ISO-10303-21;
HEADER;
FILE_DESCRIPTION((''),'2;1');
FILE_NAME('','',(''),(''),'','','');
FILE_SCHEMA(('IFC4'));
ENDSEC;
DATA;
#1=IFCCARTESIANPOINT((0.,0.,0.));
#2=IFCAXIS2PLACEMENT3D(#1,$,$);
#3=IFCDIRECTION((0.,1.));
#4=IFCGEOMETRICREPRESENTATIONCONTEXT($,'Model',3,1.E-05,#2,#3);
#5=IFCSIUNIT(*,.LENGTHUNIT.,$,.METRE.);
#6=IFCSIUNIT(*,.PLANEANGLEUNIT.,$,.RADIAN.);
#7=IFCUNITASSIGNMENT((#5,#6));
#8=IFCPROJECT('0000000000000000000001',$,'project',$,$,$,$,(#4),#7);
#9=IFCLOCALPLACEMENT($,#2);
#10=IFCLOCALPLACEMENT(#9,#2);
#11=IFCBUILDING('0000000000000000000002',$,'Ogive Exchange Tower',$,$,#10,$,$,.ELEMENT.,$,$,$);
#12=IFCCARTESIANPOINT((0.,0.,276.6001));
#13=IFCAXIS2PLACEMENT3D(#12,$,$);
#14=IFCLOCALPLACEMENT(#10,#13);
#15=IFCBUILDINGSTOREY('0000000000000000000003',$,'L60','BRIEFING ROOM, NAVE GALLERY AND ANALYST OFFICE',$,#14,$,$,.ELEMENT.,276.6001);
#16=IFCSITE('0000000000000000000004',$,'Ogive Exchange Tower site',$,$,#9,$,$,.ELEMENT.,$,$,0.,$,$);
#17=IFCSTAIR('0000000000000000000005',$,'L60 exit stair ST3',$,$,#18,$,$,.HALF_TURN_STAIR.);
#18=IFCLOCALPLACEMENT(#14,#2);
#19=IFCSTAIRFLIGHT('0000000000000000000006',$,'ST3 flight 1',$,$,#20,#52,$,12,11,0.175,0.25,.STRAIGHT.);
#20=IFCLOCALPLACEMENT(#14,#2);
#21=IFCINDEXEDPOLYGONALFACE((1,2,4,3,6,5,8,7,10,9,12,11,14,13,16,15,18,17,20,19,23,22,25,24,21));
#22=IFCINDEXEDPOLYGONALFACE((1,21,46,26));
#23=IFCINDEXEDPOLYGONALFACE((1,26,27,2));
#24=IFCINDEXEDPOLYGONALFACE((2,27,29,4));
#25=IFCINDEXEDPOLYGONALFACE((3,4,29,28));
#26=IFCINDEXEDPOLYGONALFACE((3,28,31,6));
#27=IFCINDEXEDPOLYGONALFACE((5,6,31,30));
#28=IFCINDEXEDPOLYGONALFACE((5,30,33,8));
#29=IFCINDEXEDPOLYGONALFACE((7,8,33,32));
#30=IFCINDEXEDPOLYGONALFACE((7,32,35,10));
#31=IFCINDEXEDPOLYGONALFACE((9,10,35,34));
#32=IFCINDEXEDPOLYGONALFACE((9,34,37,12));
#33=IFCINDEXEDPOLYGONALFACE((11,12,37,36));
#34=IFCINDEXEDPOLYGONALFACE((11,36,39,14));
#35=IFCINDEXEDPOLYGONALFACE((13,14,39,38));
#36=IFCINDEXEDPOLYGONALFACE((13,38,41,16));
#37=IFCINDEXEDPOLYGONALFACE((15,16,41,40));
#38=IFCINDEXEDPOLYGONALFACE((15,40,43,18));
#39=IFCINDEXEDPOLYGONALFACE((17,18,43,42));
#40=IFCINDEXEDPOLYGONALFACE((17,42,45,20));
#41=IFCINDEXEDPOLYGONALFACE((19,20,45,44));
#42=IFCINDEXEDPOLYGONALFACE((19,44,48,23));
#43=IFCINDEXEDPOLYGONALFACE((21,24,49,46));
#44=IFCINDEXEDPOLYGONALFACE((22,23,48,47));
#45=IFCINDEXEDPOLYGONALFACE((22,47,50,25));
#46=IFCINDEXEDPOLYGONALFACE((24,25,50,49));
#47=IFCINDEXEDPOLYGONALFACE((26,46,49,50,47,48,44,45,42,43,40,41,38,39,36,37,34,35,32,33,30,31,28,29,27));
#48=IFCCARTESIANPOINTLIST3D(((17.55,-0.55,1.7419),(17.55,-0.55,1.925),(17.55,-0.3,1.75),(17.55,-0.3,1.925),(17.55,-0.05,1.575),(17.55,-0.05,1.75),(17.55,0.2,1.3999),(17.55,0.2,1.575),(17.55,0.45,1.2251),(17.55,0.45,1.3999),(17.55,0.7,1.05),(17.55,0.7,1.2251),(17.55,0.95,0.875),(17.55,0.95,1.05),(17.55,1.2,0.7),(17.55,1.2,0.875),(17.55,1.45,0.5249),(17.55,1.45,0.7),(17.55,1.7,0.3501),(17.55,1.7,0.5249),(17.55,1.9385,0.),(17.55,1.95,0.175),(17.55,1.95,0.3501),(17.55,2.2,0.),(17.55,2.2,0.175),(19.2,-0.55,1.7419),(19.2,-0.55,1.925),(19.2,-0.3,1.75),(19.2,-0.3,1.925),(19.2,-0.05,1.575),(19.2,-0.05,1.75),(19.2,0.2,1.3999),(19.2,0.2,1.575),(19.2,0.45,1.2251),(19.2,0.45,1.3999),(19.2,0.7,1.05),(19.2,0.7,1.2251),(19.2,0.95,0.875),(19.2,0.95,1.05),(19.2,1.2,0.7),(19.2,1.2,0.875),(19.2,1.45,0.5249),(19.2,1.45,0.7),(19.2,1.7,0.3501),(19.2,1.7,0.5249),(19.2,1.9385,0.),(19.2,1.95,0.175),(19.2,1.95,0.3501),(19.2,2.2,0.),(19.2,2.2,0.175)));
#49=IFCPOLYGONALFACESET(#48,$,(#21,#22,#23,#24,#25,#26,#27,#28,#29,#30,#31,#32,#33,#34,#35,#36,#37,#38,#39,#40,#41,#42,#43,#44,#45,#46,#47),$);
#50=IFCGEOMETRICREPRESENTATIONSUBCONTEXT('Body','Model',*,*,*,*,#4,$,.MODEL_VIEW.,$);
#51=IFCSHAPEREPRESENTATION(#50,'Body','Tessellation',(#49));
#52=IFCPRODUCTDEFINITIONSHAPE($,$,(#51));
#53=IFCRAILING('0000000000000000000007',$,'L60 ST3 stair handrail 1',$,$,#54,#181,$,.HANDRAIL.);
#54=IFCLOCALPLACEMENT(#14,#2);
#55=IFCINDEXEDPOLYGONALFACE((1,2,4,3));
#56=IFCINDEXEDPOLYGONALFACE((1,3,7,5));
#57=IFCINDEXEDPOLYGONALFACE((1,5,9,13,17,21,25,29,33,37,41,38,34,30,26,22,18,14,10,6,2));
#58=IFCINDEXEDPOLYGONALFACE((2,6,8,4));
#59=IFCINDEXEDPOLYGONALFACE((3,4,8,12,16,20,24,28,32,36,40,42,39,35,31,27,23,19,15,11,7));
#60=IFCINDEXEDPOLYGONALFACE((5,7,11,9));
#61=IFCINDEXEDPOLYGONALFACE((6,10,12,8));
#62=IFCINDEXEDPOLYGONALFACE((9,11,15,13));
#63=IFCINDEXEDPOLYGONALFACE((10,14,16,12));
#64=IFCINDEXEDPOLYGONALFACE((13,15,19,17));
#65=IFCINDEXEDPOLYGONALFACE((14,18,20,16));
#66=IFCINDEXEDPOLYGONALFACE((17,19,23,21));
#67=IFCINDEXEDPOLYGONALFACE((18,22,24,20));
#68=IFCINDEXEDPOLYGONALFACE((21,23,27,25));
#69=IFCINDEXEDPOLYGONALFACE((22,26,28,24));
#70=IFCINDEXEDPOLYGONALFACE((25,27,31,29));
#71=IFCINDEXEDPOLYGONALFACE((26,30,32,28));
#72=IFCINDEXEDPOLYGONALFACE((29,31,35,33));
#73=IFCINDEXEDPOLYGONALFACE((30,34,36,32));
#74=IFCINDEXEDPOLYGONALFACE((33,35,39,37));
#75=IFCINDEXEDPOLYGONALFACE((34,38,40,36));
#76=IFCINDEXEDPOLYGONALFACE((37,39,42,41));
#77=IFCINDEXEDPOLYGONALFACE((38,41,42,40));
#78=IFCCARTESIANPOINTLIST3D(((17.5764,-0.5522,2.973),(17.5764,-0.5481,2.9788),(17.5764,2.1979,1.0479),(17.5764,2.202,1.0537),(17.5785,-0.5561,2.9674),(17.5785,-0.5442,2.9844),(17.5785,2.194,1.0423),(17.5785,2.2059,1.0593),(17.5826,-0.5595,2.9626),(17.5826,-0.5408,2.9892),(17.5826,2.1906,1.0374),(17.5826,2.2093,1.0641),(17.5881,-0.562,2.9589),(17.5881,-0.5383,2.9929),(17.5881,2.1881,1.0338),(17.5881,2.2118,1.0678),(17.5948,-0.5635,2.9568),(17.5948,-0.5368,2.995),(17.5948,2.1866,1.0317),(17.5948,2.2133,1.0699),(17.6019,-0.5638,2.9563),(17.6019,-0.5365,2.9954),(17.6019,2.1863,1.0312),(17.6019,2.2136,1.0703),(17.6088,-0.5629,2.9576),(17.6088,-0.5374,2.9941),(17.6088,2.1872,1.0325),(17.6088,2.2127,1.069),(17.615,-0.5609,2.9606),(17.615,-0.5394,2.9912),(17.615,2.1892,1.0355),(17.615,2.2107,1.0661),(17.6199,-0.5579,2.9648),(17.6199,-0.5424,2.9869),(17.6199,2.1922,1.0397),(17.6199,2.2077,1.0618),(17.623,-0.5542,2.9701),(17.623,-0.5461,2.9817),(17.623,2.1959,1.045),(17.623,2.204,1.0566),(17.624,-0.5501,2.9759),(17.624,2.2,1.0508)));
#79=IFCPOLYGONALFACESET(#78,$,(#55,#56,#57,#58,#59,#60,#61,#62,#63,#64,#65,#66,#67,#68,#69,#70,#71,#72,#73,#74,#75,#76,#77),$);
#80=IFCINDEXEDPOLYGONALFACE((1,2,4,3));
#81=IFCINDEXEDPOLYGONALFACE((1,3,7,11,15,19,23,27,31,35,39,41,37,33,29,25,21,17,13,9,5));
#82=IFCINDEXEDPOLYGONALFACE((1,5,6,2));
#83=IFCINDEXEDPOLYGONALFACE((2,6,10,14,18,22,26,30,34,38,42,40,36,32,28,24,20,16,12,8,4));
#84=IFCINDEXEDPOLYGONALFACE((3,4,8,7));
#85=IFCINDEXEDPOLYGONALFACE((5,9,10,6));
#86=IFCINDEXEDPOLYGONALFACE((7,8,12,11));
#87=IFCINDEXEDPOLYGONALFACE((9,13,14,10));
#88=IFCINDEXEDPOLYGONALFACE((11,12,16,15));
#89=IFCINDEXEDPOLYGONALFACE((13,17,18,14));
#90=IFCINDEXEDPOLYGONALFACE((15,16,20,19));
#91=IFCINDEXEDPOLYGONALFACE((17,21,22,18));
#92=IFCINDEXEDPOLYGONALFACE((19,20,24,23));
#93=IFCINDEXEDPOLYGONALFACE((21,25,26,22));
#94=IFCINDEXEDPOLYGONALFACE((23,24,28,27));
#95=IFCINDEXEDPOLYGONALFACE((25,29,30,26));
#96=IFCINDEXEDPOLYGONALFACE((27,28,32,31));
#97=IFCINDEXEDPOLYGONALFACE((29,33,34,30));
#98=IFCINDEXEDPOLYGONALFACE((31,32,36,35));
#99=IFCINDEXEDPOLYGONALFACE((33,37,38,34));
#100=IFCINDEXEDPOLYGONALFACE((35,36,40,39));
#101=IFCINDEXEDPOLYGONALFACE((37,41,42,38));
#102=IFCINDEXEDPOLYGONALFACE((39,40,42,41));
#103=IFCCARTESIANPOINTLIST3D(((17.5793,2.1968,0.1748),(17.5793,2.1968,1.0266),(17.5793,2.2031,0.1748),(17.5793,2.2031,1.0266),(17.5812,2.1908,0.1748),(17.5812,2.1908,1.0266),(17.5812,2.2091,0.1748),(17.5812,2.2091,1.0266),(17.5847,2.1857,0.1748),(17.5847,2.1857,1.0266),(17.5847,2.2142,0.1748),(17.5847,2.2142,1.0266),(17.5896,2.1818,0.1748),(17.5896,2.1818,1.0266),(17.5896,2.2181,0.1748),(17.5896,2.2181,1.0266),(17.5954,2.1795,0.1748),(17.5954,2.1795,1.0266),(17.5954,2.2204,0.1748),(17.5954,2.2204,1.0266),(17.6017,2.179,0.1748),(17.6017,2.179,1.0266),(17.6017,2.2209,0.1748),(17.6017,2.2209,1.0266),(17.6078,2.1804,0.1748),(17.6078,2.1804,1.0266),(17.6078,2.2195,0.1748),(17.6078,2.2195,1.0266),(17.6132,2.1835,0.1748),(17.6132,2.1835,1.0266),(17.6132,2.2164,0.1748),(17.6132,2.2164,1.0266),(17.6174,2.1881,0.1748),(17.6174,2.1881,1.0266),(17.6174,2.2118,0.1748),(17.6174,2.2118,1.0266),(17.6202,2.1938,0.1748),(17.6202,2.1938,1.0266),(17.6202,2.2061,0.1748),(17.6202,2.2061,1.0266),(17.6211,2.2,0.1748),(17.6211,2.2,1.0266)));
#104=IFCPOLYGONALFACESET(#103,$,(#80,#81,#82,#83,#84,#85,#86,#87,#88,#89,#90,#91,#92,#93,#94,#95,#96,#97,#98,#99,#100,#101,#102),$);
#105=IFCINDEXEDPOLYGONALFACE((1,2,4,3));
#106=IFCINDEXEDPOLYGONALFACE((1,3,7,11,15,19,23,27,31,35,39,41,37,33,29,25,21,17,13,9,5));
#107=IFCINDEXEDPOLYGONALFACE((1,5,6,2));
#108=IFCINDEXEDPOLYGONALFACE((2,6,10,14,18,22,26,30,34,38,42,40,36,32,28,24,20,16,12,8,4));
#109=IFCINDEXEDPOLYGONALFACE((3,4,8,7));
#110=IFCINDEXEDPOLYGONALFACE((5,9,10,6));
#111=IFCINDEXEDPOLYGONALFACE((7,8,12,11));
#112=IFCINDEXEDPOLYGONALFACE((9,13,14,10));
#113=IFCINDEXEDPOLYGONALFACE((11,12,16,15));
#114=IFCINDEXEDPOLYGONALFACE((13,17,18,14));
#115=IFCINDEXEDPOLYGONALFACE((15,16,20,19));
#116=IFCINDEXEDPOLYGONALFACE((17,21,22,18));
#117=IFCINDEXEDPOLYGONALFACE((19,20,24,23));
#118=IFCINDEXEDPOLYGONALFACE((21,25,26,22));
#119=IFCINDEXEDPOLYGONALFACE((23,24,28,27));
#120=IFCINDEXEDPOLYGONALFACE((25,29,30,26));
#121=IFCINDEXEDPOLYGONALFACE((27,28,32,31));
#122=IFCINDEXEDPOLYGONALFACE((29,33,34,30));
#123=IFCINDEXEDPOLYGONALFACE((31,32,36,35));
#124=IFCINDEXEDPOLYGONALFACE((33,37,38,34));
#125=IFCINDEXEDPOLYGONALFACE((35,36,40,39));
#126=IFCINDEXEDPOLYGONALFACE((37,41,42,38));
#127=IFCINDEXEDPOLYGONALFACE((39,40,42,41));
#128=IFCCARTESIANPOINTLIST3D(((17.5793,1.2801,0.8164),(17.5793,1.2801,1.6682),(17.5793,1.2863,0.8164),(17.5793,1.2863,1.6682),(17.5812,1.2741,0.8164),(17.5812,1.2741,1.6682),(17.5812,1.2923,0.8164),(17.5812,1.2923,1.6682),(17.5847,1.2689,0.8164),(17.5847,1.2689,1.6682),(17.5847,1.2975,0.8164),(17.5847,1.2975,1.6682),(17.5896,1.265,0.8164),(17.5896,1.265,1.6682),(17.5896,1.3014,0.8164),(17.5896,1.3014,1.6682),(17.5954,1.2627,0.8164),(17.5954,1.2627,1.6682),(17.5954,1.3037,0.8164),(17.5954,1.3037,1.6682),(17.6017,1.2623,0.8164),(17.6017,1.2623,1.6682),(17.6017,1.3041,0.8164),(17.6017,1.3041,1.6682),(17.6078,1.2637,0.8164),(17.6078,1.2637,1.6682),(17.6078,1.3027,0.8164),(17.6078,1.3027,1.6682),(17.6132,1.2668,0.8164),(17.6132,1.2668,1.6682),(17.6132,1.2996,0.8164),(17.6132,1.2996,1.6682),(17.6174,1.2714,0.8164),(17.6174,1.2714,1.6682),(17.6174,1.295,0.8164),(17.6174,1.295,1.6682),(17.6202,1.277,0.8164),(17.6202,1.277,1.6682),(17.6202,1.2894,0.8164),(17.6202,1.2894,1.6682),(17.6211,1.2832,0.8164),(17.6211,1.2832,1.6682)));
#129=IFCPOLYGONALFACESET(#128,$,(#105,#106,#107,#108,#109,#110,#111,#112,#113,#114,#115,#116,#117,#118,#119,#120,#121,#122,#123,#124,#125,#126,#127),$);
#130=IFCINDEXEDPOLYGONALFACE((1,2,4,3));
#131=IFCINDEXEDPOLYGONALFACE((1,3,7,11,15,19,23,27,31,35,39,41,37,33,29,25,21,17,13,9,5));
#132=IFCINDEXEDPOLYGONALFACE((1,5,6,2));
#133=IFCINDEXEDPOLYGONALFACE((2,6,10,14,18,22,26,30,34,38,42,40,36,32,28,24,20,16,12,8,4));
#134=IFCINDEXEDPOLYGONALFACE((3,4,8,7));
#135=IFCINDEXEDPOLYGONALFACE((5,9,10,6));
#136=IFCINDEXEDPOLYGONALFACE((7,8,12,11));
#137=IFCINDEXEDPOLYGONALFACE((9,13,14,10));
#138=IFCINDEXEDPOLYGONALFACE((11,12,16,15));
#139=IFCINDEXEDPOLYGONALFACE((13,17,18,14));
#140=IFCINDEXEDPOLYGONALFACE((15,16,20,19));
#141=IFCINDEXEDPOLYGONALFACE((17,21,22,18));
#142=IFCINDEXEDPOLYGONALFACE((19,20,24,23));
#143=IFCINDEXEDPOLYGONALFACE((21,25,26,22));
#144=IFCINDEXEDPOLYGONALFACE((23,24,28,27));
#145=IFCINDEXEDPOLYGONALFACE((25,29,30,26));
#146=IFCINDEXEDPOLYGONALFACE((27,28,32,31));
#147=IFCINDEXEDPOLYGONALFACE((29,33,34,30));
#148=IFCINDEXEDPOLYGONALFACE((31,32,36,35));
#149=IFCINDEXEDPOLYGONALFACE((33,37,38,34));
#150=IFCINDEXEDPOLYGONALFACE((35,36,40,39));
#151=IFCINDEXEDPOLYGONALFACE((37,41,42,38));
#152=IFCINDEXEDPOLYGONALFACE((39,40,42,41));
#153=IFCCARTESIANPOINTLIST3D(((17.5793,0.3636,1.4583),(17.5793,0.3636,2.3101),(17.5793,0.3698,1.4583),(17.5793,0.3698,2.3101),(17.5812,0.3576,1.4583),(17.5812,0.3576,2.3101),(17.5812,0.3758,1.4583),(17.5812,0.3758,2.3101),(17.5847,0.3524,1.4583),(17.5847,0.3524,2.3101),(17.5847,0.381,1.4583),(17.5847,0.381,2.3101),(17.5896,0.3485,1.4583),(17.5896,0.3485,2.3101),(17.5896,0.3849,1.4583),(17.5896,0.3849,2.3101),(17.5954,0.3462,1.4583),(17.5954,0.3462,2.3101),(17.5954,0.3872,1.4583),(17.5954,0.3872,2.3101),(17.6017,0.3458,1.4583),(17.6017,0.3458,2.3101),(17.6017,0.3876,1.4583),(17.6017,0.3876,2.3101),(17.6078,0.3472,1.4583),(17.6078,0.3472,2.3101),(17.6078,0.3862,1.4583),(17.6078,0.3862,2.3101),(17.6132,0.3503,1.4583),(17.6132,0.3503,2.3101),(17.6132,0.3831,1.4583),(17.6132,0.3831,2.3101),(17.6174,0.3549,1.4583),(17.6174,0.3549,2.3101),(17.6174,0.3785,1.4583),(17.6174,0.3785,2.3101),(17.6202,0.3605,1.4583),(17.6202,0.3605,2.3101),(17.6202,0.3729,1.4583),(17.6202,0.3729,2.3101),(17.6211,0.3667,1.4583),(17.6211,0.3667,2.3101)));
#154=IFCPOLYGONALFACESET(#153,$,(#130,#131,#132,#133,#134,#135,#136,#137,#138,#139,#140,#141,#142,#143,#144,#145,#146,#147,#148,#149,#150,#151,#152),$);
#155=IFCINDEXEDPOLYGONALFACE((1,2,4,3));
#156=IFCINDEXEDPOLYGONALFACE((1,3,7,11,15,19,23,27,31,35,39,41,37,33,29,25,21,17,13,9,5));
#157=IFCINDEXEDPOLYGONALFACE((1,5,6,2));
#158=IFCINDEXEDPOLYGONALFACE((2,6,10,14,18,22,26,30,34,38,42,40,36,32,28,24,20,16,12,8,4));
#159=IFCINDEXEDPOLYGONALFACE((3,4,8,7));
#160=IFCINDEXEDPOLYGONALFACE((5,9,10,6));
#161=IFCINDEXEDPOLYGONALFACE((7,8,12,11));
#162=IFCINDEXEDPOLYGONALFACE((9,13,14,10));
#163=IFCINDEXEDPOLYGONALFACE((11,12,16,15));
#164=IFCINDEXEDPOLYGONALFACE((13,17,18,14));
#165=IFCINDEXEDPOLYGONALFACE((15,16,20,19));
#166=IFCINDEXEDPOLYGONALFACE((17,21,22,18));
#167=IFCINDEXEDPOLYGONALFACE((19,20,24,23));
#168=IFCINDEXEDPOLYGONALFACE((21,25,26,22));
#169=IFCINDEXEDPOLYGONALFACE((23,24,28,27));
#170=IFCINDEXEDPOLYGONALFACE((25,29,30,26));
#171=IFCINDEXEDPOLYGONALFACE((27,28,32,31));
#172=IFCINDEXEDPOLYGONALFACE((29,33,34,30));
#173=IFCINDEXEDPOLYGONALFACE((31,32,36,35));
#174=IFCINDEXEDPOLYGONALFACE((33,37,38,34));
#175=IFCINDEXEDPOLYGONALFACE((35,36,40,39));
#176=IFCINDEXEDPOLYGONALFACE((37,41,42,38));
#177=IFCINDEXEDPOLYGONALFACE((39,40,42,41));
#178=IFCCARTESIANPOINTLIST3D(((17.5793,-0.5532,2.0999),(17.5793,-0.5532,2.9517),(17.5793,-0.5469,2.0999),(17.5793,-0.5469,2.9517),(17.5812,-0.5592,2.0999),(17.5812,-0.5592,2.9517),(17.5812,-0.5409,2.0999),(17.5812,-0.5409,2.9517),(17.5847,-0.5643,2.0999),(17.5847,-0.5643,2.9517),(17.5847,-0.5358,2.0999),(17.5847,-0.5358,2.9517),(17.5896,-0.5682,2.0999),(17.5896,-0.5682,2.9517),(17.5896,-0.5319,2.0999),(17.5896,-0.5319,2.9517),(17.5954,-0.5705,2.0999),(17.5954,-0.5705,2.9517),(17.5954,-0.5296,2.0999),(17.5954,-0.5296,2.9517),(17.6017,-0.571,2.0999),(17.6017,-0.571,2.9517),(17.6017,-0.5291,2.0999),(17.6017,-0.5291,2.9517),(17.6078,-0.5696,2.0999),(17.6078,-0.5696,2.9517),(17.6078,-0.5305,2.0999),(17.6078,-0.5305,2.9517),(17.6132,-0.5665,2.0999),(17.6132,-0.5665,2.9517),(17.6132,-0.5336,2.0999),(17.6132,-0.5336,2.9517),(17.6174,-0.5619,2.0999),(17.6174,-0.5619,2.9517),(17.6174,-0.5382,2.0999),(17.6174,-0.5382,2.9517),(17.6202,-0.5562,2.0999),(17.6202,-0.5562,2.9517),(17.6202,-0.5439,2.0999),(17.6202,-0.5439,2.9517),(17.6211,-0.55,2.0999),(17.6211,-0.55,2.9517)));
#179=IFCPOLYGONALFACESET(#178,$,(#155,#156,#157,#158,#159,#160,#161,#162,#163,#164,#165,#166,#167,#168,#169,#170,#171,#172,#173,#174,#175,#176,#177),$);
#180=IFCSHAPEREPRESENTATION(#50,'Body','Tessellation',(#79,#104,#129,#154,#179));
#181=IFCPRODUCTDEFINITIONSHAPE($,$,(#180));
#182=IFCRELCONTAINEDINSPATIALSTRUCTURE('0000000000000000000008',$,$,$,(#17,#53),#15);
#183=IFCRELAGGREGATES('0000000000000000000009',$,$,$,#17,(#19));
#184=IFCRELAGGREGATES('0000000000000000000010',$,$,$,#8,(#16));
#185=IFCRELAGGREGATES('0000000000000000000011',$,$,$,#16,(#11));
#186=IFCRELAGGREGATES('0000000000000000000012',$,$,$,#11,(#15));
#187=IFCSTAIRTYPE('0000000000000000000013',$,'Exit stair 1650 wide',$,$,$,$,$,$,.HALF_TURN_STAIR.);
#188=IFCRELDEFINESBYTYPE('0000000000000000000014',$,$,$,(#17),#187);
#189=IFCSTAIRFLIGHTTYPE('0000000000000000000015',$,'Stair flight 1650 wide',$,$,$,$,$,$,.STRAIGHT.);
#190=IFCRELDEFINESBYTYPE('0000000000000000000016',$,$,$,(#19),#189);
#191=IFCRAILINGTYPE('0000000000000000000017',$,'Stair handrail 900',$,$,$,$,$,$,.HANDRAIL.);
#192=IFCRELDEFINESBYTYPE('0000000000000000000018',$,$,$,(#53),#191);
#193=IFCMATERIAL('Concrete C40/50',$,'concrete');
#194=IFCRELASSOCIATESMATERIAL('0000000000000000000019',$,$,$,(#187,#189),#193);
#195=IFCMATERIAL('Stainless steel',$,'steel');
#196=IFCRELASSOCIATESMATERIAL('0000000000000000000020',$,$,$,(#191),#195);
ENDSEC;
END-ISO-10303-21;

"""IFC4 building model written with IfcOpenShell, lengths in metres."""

from ifc_helpers import new_model, si_unit, direction, frame, origin, origin_2d, place, context, subcontext, project, spatial, polyline, circle, outline, extrude, material, type_object, element, aggregate, save


model = new_model("IFC4")

# Units and contexts
model_context = context("Model", 3, precision=1e-05, world=origin(), true_north=direction((0.0, 1.0)))
body_context = subcontext(model_context, "Body", "Model", "MODEL_VIEW")
ifc_project = project(units=[si_unit("LENGTHUNIT", "METRE"), si_unit("PLANEANGLEUNIT", "RADIAN")], contexts=[model_context])

# Site, building, storey
site_placement = place(None, origin())
site = spatial("IfcSite", under=ifc_project, at=site_placement, Name="Ogive Exchange Tower site", CompositionType="ELEMENT", RefElevation=0.0)
building_placement = place(site_placement, origin())
building = spatial("IfcBuilding", under=site, at=building_placement, Name="Ogive Exchange Tower", CompositionType="ELEMENT")
storey_placement = place(building_placement, frame((0.0, 0.0, 276.6001)))
storey = spatial("IfcBuildingStorey", under=building, at=storey_placement, Name="L60", Description="BRIEFING ROOM, NAVE GALLERY AND ANALYST OFFICE", CompositionType="ELEMENT", Elevation=276.6001)

# Shared definitions
ifc_material_1 = material(Name="Stainless steel", Category="steel")

# Stair, stair flight
ifc_material_2 = material(Name="Concrete C40/50", Category="concrete")
stair_type = type_object("IfcStairType", Name="Exit stair 1650 wide", PredefinedType="HALF_TURN_STAIR", material=ifc_material_2)
stair_placement = place(storey_placement, origin())
stair = element("IfcStair", 1, at=stair_placement, inside=storey, type_object=stair_type, Name="L60 exit stair ST3", PredefinedType="HALF_TURN_STAIR")
stair_flight_type = type_object("IfcStairFlightType", Name="Stair flight 1650 wide", PredefinedType="STRAIGHT", material=ifc_material_2)
stair_flight_placement = place(storey_placement, frame((18.375, 2.2, 0.0), z_axis=(0.0, 0.0, 1.0), x_axis=(0.0, -1.0, 0.0)))
stair_flight = element("IfcStairFlight", 2, at=stair_flight_placement, type_object=stair_flight_type, Name="ST3 flight 1", NumberOfRisers=12, NumberOfTreads=11, PredefinedType="STRAIGHT", RiserHeight=0.175, TreadLength=0.25, context=body_context, shape_type="SweptSolid", body=[
    extrude(outline(polyline([(0.0, 0.0), (0.0, 0.175), (0.25, 0.175), (0.25, 0.3501), (0.5, 0.3501), (0.5, 0.5249), (0.75, 0.5249), (0.75, 0.7), (1.0, 0.7), (1.0, 0.875), (1.25, 0.875), (1.25, 1.05), (1.5, 1.05), (1.5, 1.2251), (1.75, 1.2251), (1.75, 1.3999), (2.0, 1.3999), (2.0, 1.575), (2.25, 1.575), (2.25, 1.75), (2.5, 1.75), (2.5, 1.925), (2.75, 1.925), (2.75, 2.1001), (2.75, 1.7419), (0.2615, 0.0), (0.0, 0.0)])), frame((0.0, 0.825, 0.0), z_axis=(0.0, -1.0, 0.0), x_axis=(1.0, 0.0, 0.0)), (0.0, 0.0, 1.0), 1.6499),
])
aggregate(stair, [stair_flight])

# Railing
railing_type = type_object("IfcRailingType", Name="Stair handrail 900", PredefinedType="HANDRAIL", material=ifc_material_1)
railing_1_placement = place(storey_placement, frame((17.6001, 2.2, 0.1748)))
element("IfcRailing", 3, at=railing_1_placement, inside=storey, type_object=railing_type, Name="L60 ST3 stair handrail 1", PredefinedType="HANDRAIL", context=body_context, shape_type="SweptSolid", body=[
    extrude(circle(Radius=0.0239, at=origin_2d()), frame((0.0, 0.0, 0.876), z_axis=(0.0, -0.819225, 0.573472), x_axis=(1.0, 0.0, 0.0)), (0.0, 0.0, 1.0), 3.3569),
    extrude(circle(Radius=0.021, at=origin_2d()), origin(), (0.0, 0.0, 1.0), 0.8518),
    extrude(circle(Radius=0.021, at=origin_2d()), frame((0.0, -0.9167, 0.6416)), (0.0, 0.0, 1.0), 0.8518),
    extrude(circle(Radius=0.021, at=origin_2d()), frame((0.0, -1.8333, 1.2834)), (0.0, 0.0, 1.0), 0.8518),
    extrude(circle(Radius=0.021, at=origin_2d()), frame((0.0, -2.75, 1.925)), (0.0, 0.0, 1.0), 0.8518),
])

save(model, "model.ifc")
